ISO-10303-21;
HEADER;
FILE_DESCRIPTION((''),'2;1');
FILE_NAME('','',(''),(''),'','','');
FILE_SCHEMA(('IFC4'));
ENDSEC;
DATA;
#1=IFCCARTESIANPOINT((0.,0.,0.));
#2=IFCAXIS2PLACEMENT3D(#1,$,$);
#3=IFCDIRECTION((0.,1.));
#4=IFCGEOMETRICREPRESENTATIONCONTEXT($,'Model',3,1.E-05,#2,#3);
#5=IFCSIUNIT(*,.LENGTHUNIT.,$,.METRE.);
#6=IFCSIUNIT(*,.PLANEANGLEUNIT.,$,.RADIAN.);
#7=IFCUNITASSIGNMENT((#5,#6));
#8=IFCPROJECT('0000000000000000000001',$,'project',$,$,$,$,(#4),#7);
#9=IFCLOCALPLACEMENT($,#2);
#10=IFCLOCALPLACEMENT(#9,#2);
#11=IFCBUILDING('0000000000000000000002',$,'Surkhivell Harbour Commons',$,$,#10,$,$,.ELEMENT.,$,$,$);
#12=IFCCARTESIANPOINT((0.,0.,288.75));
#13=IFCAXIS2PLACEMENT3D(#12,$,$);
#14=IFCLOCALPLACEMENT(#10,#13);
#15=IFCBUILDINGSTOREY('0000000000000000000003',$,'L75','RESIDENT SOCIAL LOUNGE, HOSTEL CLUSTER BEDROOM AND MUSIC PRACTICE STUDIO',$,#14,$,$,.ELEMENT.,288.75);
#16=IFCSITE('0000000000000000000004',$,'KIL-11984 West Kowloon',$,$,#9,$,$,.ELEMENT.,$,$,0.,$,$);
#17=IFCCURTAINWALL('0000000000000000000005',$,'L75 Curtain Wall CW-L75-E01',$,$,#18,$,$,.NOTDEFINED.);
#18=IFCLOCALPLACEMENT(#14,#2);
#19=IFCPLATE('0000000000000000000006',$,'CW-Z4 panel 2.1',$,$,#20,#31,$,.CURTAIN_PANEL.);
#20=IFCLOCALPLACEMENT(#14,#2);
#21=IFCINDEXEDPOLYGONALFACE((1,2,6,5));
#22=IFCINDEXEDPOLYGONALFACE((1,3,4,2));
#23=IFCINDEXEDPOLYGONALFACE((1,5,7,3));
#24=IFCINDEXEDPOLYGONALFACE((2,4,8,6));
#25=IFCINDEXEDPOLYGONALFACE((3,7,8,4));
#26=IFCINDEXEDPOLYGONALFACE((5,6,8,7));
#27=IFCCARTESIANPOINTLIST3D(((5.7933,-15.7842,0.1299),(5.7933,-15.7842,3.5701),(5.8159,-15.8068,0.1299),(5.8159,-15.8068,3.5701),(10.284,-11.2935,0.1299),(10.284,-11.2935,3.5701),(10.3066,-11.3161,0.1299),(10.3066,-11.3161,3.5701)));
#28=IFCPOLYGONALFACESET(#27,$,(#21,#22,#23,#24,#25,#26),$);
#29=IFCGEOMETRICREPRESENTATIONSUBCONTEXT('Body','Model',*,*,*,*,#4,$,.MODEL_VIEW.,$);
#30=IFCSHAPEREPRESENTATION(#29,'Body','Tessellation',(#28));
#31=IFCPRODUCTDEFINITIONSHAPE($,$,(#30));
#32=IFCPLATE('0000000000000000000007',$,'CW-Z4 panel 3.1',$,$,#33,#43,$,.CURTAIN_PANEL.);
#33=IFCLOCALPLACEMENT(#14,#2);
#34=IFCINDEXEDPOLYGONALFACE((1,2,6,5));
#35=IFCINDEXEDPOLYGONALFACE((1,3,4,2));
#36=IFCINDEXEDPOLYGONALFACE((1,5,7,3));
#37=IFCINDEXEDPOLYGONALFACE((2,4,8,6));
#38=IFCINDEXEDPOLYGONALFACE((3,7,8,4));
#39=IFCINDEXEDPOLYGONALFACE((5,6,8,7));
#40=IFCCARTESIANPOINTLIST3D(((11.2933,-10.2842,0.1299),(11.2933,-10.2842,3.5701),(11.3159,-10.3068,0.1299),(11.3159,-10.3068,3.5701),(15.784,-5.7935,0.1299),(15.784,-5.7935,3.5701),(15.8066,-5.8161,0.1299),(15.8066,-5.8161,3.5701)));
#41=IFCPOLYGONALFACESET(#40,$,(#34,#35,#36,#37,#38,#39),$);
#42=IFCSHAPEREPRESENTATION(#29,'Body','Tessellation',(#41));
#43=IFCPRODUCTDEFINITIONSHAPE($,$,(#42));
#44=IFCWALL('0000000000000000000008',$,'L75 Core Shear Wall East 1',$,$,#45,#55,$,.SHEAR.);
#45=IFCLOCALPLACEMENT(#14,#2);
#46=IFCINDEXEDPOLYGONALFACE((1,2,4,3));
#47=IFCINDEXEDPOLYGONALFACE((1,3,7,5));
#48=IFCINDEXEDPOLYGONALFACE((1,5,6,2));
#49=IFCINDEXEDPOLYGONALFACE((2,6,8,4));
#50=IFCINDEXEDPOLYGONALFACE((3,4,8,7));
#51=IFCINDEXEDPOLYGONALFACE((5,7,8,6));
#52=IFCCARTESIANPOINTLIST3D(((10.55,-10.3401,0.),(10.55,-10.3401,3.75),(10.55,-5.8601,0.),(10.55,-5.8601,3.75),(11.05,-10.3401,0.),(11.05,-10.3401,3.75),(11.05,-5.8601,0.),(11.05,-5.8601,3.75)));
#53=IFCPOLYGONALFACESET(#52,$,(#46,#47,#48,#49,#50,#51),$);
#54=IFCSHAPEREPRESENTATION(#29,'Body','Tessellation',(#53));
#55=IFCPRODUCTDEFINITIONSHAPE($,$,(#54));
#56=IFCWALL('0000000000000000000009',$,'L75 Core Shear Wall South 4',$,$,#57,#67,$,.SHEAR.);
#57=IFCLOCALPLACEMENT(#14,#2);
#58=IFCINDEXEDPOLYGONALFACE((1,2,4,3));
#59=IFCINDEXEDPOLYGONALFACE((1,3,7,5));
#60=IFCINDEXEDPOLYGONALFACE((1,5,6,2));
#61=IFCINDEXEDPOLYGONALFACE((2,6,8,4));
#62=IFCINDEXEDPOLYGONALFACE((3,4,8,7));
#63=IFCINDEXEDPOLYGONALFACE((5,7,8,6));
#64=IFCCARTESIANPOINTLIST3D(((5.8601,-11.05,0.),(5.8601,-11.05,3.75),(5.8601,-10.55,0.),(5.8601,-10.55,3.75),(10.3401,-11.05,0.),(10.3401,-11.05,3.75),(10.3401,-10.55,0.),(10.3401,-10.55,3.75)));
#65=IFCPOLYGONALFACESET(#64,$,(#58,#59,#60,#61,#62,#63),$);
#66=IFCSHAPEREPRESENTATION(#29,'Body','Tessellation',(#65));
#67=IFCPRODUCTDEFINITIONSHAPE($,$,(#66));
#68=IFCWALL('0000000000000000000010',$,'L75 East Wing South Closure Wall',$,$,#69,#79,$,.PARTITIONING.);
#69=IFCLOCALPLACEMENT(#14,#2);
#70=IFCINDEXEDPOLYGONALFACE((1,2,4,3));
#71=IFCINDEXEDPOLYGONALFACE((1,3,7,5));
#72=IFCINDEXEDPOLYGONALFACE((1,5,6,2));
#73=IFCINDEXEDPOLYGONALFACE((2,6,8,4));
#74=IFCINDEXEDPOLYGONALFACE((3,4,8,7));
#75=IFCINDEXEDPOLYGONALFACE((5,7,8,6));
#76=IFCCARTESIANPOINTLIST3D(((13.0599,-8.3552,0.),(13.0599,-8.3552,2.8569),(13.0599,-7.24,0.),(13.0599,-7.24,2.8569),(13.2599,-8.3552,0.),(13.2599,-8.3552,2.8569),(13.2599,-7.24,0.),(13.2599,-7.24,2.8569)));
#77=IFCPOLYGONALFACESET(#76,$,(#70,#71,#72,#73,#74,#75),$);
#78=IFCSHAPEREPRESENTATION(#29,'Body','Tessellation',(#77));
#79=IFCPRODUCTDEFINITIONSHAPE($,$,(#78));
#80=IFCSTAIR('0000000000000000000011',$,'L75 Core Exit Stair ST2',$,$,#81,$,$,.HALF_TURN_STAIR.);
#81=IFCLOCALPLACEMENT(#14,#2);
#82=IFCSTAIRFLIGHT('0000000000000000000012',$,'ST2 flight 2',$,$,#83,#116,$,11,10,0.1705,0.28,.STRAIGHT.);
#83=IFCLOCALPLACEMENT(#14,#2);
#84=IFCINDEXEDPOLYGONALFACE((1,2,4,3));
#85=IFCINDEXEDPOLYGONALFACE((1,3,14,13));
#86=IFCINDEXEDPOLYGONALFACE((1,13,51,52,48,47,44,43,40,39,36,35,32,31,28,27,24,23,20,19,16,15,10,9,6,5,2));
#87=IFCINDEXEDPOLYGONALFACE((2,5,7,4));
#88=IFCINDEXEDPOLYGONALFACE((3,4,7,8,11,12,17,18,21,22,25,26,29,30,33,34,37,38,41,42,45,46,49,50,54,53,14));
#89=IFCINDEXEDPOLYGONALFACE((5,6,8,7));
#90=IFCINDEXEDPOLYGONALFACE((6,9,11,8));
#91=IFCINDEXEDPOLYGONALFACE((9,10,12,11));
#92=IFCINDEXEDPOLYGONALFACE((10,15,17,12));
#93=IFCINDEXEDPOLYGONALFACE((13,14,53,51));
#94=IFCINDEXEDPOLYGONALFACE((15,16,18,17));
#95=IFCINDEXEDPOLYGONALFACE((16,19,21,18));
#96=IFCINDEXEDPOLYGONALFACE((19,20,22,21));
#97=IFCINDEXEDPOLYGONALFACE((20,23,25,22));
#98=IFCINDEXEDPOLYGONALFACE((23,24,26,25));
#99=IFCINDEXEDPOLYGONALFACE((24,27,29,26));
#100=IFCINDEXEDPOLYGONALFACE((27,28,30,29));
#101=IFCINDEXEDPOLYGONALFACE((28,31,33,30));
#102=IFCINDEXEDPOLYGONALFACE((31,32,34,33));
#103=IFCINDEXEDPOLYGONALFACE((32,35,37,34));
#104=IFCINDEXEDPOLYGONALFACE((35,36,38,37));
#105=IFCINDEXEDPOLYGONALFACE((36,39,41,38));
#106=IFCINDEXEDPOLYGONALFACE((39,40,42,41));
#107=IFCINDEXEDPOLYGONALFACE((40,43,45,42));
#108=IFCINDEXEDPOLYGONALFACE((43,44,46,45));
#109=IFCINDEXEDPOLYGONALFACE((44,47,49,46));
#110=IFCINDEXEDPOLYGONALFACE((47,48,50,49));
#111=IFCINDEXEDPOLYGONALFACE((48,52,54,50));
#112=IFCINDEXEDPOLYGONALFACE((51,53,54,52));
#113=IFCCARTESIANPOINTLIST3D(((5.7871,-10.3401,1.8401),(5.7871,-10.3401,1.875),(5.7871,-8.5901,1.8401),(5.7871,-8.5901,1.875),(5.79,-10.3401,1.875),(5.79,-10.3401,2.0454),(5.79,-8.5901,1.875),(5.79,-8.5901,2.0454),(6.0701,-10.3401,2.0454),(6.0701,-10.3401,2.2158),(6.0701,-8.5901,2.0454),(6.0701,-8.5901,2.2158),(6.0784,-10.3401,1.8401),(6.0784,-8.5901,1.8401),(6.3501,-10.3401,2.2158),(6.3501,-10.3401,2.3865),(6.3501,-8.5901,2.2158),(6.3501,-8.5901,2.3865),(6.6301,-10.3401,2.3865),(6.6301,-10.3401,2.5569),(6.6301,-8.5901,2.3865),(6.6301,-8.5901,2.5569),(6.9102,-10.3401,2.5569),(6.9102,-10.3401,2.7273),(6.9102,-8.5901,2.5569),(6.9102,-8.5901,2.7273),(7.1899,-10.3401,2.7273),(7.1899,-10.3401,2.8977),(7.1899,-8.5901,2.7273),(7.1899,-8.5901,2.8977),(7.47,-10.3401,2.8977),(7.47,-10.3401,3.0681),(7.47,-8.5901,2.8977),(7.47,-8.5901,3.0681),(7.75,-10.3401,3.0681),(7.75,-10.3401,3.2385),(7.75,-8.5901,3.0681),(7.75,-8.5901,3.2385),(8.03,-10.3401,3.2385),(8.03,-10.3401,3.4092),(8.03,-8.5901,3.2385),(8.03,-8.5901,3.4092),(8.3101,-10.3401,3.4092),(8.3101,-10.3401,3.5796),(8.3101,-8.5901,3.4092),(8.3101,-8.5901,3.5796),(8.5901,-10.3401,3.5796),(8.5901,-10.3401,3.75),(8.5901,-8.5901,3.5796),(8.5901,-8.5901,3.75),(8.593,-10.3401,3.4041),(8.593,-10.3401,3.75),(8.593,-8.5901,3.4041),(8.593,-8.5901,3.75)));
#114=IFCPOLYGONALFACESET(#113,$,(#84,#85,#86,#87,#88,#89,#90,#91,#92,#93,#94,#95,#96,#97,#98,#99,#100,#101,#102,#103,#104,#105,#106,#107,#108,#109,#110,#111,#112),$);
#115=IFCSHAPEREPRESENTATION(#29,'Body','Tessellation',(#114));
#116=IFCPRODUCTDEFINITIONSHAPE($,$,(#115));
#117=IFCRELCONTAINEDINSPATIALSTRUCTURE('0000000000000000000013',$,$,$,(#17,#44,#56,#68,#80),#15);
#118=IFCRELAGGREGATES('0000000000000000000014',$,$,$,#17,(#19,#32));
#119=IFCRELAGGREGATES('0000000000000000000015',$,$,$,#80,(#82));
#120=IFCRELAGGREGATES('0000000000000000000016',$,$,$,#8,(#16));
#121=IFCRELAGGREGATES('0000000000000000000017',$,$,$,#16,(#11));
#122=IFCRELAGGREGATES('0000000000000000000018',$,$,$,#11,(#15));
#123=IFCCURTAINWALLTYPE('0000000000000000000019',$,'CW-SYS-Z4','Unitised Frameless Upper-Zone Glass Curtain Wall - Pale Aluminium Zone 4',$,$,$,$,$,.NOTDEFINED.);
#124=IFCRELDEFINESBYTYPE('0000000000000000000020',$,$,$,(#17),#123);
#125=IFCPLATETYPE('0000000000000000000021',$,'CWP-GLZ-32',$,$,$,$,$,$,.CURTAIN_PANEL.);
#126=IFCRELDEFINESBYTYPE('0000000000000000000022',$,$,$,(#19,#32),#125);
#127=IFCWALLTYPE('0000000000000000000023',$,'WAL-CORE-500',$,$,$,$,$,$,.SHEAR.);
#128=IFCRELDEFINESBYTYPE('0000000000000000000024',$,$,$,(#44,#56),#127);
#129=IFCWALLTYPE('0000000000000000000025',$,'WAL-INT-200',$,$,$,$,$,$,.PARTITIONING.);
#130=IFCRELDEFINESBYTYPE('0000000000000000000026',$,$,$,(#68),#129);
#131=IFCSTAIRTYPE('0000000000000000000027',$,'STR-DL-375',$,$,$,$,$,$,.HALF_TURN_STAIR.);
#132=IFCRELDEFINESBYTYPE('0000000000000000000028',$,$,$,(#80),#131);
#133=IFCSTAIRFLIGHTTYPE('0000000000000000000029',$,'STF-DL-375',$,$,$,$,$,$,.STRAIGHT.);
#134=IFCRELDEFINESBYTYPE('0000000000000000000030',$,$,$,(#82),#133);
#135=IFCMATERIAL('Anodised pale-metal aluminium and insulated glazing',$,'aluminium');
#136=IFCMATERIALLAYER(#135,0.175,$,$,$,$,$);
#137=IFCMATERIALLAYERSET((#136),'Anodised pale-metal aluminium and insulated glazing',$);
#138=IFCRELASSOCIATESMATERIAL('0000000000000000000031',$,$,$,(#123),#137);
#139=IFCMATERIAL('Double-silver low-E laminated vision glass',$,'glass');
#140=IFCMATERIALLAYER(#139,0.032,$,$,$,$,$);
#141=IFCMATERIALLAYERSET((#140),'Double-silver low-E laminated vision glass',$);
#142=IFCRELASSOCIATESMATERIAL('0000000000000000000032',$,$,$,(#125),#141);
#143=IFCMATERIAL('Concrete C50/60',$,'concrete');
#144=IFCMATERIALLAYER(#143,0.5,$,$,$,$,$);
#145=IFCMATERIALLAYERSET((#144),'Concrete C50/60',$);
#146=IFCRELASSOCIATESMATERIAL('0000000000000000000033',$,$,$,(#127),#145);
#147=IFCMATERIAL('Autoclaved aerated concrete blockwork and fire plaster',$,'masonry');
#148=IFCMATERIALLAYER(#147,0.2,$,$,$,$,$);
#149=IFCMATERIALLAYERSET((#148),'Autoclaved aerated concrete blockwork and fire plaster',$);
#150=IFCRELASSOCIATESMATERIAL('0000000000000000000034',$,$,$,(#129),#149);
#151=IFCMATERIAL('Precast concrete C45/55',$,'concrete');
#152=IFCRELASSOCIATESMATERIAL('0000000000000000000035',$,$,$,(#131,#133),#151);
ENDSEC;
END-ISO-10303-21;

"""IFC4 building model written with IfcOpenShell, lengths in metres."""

from ifc_helpers import new_model, si_unit, direction, frame, frame_2d, origin, place, context, subcontext, project, spatial, polyline, rectangle, outline, extrude, material, layer, layer_set, type_object, element, aggregate, save


model = new_model("IFC4")

# Units and contexts
model_context = context("Model", 3, precision=1e-05, world=origin(), true_north=direction((0.0, 1.0)))
body_context = subcontext(model_context, "Body", "Model", "MODEL_VIEW")
ifc_project = project(units=[si_unit("LENGTHUNIT", "METRE"), si_unit("PLANEANGLEUNIT", "RADIAN")], contexts=[model_context])

# Site, building, storey
site_placement = place(None, origin())
site = spatial("IfcSite", under=ifc_project, at=site_placement, Name="KIL-11984 West Kowloon", CompositionType="ELEMENT", RefElevation=0.0)
building_placement = place(site_placement, origin())
building = spatial("IfcBuilding", under=site, at=building_placement, Name="Surkhivell Harbour Commons", CompositionType="ELEMENT")
storey_placement = place(building_placement, frame((0.0, 0.0, 288.75)))
storey = spatial("IfcBuildingStorey", under=building, at=storey_placement, Name="L75", Description="RESIDENT SOCIAL LOUNGE, HOSTEL CLUSTER BEDROOM AND MUSIC PRACTICE STUDIO", CompositionType="ELEMENT", Elevation=288.75)

# Shared definitions
ifc_material_1 = material(Name="Concrete C50/60", Category="concrete")

# Curtain wall, plates
ifc_material_2 = material(Name="Anodised pale-metal aluminium and insulated glazing", Category="aluminium")
ifc_layer_1 = layer(ifc_material_2, 0.175)
ifc_layer_set_1 = layer_set([ifc_layer_1], Name="Anodised pale-metal aluminium and insulated glazing")
curtain_wall_type = type_object("IfcCurtainWallType", Name="CW-SYS-Z4", Description="Unitised Frameless Upper-Zone Glass Curtain Wall - Pale Aluminium Zone 4", PredefinedType="NOTDEFINED", material=ifc_layer_set_1)
curtain_wall_placement = place(storey_placement, origin())
curtain_wall = element("IfcCurtainWall", 1, at=curtain_wall_placement, inside=storey, type_object=curtain_wall_type, Name="L75 Curtain Wall CW-L75-E01", PredefinedType="NOTDEFINED")
ifc_material_3 = material(Name="Double-silver low-E laminated vision glass", Category="glass")
ifc_layer_2 = layer(ifc_material_3, 0.032)
ifc_layer_set_2 = layer_set([ifc_layer_2], Name="Double-silver low-E laminated vision glass")
plate_type = type_object("IfcPlateType", Name="CWP-GLZ-32", PredefinedType="CURTAIN_PANEL", material=ifc_layer_set_2)
plate_1_placement = place(storey_placement, frame((5.8047, -15.7954, 0.1299), z_axis=(0.0, 0.0, 1.0), x_axis=(0.707107, 0.707107, 0.0)))
plate_1 = element("IfcPlate", 2, at=plate_1_placement, type_object=plate_type, Name="CW-Z4 panel 2.1", PredefinedType="CURTAIN_PANEL", context=body_context, shape_type="SweptSolid", body=[
    extrude(rectangle(XDim=6.3508, YDim=0.032, at=frame_2d((3.1753, 0.0))), origin(), (0.0, 0.0, 1.0), 3.4402),
])
plate_2_placement = place(storey_placement, frame((11.3047, -10.2954, 0.1299), z_axis=(0.0, 0.0, 1.0), x_axis=(0.707107, 0.707107, 0.0)))
plate_2 = element("IfcPlate", 3, at=plate_2_placement, type_object=plate_type, Name="CW-Z4 panel 3.1", PredefinedType="CURTAIN_PANEL", context=body_context, shape_type="SweptSolid", body=[
    extrude(rectangle(XDim=6.3508, YDim=0.032, at=frame_2d((3.1753, 0.0))), origin(), (0.0, 0.0, 1.0), 3.4402),
])
aggregate(curtain_wall, [plate_1, plate_2])

# Walls
ifc_layer_3 = layer(ifc_material_1, 0.5)
ifc_layer_set_3 = layer_set([ifc_layer_3], Name="Concrete C50/60")
wall_type_1 = type_object("IfcWallType", Name="WAL-CORE-500", PredefinedType="SHEAR", material=ifc_layer_set_3)
for number, where, z_axis, x_axis, name in (
    (4, (10.8, -10.3401, 0.0), (0.0, 0.0, 1.0), (0.0, 1.0, 0.0), "L75 Core Shear Wall East 1"),
    (5, (5.8601, -10.8, 0.0), (0.0, 0.0, 1.0), (1.0, 0.0, 0.0), "L75 Core Shear Wall South 4"),
):
    element("IfcWall", number, at=place(storey_placement, frame(where, z_axis=z_axis, x_axis=x_axis)), inside=storey, type_object=wall_type_1, Name=name, PredefinedType="SHEAR", context=body_context, shape_type="SweptSolid", body=[
        extrude(rectangle(XDim=4.48, YDim=0.5, at=frame_2d((2.24, 0.0))), origin(), (0.0, 0.0, 1.0), 3.75),
    ])
ifc_material_4 = material(Name="Autoclaved aerated concrete blockwork and fire plaster", Category="masonry")
ifc_layer_4 = layer(ifc_material_4, 0.2)
ifc_layer_set_4 = layer_set([ifc_layer_4], Name="Autoclaved aerated concrete blockwork and fire plaster")
wall_type_2 = type_object("IfcWallType", Name="WAL-INT-200", PredefinedType="PARTITIONING", material=ifc_layer_set_4)
wall_placement = place(storey_placement, frame((13.1599, -8.3552, 0.0), z_axis=(0.0, 0.0, 1.0), x_axis=(0.0, 1.0, 0.0)))
element("IfcWall", 6, at=wall_placement, inside=storey, type_object=wall_type_2, Name="L75 East Wing South Closure Wall", PredefinedType="PARTITIONING", context=body_context, shape_type="SweptSolid", body=[
    extrude(rectangle(XDim=1.1152, YDim=0.2, at=frame_2d((0.5576, 0.0))), origin(), (0.0, 0.0, 1.0), 2.8569),
])

# Stair, stair flight
ifc_material_5 = material(Name="Precast concrete C45/55", Category="concrete")
stair_type = type_object("IfcStairType", Name="STR-DL-375", PredefinedType="HALF_TURN_STAIR", material=ifc_material_5)
stair_placement = place(storey_placement, origin())
stair = element("IfcStair", 7, at=stair_placement, inside=storey, type_object=stair_type, Name="L75 Core Exit Stair ST2", PredefinedType="HALF_TURN_STAIR")
stair_flight_type = type_object("IfcStairFlightType", Name="STF-DL-375", PredefinedType="STRAIGHT", material=ifc_material_5)
stair_flight_placement = place(storey_placement, frame((5.79, -9.4651, 1.875), z_axis=(0.0, 0.0, 1.0), x_axis=(1.0, 0.0, 0.0)))
stair_flight = element("IfcStairFlight", 8, at=stair_flight_placement, type_object=stair_flight_type, Name="ST2 flight 2", NumberOfRisers=11, NumberOfTreads=10, PredefinedType="STRAIGHT", RiserHeight=0.1705, TreadLength=0.28, context=body_context, shape_type="SweptSolid", body=[
    extrude(outline(polyline([(-0.0029, -0.0349), (-0.0029, 0.0), (0.0, 0.0), (0.0, 0.1704), (0.28, 0.1704), (0.28, 0.3408), (0.5601, 0.3408), (0.5601, 0.5115), (0.8401, 0.5115), (0.8401, 0.6819), (1.1201, 0.6819), (1.1201, 0.8523), (1.3999, 0.8523), (1.3999, 1.0227), (1.6799, 1.0227), (1.6799, 1.1931), (1.96, 1.1931), (1.96, 1.3635), (2.24, 1.3635), (2.24, 1.5342), (2.52, 1.5342), (2.52, 1.7046), (2.8, 1.7046), (2.8, 1.875), (2.803, 1.875), (2.803, 1.5291), (0.2883, -0.0349), (-0.0029, -0.0349)])), frame((0.0, 0.875, 0.0), z_axis=(0.0, -1.0, 0.0), x_axis=(1.0, 0.0, 0.0)), (0.0, 0.0, 1.0), 1.75),
])
aggregate(stair, [stair_flight])

save(model, "model.ifc")
